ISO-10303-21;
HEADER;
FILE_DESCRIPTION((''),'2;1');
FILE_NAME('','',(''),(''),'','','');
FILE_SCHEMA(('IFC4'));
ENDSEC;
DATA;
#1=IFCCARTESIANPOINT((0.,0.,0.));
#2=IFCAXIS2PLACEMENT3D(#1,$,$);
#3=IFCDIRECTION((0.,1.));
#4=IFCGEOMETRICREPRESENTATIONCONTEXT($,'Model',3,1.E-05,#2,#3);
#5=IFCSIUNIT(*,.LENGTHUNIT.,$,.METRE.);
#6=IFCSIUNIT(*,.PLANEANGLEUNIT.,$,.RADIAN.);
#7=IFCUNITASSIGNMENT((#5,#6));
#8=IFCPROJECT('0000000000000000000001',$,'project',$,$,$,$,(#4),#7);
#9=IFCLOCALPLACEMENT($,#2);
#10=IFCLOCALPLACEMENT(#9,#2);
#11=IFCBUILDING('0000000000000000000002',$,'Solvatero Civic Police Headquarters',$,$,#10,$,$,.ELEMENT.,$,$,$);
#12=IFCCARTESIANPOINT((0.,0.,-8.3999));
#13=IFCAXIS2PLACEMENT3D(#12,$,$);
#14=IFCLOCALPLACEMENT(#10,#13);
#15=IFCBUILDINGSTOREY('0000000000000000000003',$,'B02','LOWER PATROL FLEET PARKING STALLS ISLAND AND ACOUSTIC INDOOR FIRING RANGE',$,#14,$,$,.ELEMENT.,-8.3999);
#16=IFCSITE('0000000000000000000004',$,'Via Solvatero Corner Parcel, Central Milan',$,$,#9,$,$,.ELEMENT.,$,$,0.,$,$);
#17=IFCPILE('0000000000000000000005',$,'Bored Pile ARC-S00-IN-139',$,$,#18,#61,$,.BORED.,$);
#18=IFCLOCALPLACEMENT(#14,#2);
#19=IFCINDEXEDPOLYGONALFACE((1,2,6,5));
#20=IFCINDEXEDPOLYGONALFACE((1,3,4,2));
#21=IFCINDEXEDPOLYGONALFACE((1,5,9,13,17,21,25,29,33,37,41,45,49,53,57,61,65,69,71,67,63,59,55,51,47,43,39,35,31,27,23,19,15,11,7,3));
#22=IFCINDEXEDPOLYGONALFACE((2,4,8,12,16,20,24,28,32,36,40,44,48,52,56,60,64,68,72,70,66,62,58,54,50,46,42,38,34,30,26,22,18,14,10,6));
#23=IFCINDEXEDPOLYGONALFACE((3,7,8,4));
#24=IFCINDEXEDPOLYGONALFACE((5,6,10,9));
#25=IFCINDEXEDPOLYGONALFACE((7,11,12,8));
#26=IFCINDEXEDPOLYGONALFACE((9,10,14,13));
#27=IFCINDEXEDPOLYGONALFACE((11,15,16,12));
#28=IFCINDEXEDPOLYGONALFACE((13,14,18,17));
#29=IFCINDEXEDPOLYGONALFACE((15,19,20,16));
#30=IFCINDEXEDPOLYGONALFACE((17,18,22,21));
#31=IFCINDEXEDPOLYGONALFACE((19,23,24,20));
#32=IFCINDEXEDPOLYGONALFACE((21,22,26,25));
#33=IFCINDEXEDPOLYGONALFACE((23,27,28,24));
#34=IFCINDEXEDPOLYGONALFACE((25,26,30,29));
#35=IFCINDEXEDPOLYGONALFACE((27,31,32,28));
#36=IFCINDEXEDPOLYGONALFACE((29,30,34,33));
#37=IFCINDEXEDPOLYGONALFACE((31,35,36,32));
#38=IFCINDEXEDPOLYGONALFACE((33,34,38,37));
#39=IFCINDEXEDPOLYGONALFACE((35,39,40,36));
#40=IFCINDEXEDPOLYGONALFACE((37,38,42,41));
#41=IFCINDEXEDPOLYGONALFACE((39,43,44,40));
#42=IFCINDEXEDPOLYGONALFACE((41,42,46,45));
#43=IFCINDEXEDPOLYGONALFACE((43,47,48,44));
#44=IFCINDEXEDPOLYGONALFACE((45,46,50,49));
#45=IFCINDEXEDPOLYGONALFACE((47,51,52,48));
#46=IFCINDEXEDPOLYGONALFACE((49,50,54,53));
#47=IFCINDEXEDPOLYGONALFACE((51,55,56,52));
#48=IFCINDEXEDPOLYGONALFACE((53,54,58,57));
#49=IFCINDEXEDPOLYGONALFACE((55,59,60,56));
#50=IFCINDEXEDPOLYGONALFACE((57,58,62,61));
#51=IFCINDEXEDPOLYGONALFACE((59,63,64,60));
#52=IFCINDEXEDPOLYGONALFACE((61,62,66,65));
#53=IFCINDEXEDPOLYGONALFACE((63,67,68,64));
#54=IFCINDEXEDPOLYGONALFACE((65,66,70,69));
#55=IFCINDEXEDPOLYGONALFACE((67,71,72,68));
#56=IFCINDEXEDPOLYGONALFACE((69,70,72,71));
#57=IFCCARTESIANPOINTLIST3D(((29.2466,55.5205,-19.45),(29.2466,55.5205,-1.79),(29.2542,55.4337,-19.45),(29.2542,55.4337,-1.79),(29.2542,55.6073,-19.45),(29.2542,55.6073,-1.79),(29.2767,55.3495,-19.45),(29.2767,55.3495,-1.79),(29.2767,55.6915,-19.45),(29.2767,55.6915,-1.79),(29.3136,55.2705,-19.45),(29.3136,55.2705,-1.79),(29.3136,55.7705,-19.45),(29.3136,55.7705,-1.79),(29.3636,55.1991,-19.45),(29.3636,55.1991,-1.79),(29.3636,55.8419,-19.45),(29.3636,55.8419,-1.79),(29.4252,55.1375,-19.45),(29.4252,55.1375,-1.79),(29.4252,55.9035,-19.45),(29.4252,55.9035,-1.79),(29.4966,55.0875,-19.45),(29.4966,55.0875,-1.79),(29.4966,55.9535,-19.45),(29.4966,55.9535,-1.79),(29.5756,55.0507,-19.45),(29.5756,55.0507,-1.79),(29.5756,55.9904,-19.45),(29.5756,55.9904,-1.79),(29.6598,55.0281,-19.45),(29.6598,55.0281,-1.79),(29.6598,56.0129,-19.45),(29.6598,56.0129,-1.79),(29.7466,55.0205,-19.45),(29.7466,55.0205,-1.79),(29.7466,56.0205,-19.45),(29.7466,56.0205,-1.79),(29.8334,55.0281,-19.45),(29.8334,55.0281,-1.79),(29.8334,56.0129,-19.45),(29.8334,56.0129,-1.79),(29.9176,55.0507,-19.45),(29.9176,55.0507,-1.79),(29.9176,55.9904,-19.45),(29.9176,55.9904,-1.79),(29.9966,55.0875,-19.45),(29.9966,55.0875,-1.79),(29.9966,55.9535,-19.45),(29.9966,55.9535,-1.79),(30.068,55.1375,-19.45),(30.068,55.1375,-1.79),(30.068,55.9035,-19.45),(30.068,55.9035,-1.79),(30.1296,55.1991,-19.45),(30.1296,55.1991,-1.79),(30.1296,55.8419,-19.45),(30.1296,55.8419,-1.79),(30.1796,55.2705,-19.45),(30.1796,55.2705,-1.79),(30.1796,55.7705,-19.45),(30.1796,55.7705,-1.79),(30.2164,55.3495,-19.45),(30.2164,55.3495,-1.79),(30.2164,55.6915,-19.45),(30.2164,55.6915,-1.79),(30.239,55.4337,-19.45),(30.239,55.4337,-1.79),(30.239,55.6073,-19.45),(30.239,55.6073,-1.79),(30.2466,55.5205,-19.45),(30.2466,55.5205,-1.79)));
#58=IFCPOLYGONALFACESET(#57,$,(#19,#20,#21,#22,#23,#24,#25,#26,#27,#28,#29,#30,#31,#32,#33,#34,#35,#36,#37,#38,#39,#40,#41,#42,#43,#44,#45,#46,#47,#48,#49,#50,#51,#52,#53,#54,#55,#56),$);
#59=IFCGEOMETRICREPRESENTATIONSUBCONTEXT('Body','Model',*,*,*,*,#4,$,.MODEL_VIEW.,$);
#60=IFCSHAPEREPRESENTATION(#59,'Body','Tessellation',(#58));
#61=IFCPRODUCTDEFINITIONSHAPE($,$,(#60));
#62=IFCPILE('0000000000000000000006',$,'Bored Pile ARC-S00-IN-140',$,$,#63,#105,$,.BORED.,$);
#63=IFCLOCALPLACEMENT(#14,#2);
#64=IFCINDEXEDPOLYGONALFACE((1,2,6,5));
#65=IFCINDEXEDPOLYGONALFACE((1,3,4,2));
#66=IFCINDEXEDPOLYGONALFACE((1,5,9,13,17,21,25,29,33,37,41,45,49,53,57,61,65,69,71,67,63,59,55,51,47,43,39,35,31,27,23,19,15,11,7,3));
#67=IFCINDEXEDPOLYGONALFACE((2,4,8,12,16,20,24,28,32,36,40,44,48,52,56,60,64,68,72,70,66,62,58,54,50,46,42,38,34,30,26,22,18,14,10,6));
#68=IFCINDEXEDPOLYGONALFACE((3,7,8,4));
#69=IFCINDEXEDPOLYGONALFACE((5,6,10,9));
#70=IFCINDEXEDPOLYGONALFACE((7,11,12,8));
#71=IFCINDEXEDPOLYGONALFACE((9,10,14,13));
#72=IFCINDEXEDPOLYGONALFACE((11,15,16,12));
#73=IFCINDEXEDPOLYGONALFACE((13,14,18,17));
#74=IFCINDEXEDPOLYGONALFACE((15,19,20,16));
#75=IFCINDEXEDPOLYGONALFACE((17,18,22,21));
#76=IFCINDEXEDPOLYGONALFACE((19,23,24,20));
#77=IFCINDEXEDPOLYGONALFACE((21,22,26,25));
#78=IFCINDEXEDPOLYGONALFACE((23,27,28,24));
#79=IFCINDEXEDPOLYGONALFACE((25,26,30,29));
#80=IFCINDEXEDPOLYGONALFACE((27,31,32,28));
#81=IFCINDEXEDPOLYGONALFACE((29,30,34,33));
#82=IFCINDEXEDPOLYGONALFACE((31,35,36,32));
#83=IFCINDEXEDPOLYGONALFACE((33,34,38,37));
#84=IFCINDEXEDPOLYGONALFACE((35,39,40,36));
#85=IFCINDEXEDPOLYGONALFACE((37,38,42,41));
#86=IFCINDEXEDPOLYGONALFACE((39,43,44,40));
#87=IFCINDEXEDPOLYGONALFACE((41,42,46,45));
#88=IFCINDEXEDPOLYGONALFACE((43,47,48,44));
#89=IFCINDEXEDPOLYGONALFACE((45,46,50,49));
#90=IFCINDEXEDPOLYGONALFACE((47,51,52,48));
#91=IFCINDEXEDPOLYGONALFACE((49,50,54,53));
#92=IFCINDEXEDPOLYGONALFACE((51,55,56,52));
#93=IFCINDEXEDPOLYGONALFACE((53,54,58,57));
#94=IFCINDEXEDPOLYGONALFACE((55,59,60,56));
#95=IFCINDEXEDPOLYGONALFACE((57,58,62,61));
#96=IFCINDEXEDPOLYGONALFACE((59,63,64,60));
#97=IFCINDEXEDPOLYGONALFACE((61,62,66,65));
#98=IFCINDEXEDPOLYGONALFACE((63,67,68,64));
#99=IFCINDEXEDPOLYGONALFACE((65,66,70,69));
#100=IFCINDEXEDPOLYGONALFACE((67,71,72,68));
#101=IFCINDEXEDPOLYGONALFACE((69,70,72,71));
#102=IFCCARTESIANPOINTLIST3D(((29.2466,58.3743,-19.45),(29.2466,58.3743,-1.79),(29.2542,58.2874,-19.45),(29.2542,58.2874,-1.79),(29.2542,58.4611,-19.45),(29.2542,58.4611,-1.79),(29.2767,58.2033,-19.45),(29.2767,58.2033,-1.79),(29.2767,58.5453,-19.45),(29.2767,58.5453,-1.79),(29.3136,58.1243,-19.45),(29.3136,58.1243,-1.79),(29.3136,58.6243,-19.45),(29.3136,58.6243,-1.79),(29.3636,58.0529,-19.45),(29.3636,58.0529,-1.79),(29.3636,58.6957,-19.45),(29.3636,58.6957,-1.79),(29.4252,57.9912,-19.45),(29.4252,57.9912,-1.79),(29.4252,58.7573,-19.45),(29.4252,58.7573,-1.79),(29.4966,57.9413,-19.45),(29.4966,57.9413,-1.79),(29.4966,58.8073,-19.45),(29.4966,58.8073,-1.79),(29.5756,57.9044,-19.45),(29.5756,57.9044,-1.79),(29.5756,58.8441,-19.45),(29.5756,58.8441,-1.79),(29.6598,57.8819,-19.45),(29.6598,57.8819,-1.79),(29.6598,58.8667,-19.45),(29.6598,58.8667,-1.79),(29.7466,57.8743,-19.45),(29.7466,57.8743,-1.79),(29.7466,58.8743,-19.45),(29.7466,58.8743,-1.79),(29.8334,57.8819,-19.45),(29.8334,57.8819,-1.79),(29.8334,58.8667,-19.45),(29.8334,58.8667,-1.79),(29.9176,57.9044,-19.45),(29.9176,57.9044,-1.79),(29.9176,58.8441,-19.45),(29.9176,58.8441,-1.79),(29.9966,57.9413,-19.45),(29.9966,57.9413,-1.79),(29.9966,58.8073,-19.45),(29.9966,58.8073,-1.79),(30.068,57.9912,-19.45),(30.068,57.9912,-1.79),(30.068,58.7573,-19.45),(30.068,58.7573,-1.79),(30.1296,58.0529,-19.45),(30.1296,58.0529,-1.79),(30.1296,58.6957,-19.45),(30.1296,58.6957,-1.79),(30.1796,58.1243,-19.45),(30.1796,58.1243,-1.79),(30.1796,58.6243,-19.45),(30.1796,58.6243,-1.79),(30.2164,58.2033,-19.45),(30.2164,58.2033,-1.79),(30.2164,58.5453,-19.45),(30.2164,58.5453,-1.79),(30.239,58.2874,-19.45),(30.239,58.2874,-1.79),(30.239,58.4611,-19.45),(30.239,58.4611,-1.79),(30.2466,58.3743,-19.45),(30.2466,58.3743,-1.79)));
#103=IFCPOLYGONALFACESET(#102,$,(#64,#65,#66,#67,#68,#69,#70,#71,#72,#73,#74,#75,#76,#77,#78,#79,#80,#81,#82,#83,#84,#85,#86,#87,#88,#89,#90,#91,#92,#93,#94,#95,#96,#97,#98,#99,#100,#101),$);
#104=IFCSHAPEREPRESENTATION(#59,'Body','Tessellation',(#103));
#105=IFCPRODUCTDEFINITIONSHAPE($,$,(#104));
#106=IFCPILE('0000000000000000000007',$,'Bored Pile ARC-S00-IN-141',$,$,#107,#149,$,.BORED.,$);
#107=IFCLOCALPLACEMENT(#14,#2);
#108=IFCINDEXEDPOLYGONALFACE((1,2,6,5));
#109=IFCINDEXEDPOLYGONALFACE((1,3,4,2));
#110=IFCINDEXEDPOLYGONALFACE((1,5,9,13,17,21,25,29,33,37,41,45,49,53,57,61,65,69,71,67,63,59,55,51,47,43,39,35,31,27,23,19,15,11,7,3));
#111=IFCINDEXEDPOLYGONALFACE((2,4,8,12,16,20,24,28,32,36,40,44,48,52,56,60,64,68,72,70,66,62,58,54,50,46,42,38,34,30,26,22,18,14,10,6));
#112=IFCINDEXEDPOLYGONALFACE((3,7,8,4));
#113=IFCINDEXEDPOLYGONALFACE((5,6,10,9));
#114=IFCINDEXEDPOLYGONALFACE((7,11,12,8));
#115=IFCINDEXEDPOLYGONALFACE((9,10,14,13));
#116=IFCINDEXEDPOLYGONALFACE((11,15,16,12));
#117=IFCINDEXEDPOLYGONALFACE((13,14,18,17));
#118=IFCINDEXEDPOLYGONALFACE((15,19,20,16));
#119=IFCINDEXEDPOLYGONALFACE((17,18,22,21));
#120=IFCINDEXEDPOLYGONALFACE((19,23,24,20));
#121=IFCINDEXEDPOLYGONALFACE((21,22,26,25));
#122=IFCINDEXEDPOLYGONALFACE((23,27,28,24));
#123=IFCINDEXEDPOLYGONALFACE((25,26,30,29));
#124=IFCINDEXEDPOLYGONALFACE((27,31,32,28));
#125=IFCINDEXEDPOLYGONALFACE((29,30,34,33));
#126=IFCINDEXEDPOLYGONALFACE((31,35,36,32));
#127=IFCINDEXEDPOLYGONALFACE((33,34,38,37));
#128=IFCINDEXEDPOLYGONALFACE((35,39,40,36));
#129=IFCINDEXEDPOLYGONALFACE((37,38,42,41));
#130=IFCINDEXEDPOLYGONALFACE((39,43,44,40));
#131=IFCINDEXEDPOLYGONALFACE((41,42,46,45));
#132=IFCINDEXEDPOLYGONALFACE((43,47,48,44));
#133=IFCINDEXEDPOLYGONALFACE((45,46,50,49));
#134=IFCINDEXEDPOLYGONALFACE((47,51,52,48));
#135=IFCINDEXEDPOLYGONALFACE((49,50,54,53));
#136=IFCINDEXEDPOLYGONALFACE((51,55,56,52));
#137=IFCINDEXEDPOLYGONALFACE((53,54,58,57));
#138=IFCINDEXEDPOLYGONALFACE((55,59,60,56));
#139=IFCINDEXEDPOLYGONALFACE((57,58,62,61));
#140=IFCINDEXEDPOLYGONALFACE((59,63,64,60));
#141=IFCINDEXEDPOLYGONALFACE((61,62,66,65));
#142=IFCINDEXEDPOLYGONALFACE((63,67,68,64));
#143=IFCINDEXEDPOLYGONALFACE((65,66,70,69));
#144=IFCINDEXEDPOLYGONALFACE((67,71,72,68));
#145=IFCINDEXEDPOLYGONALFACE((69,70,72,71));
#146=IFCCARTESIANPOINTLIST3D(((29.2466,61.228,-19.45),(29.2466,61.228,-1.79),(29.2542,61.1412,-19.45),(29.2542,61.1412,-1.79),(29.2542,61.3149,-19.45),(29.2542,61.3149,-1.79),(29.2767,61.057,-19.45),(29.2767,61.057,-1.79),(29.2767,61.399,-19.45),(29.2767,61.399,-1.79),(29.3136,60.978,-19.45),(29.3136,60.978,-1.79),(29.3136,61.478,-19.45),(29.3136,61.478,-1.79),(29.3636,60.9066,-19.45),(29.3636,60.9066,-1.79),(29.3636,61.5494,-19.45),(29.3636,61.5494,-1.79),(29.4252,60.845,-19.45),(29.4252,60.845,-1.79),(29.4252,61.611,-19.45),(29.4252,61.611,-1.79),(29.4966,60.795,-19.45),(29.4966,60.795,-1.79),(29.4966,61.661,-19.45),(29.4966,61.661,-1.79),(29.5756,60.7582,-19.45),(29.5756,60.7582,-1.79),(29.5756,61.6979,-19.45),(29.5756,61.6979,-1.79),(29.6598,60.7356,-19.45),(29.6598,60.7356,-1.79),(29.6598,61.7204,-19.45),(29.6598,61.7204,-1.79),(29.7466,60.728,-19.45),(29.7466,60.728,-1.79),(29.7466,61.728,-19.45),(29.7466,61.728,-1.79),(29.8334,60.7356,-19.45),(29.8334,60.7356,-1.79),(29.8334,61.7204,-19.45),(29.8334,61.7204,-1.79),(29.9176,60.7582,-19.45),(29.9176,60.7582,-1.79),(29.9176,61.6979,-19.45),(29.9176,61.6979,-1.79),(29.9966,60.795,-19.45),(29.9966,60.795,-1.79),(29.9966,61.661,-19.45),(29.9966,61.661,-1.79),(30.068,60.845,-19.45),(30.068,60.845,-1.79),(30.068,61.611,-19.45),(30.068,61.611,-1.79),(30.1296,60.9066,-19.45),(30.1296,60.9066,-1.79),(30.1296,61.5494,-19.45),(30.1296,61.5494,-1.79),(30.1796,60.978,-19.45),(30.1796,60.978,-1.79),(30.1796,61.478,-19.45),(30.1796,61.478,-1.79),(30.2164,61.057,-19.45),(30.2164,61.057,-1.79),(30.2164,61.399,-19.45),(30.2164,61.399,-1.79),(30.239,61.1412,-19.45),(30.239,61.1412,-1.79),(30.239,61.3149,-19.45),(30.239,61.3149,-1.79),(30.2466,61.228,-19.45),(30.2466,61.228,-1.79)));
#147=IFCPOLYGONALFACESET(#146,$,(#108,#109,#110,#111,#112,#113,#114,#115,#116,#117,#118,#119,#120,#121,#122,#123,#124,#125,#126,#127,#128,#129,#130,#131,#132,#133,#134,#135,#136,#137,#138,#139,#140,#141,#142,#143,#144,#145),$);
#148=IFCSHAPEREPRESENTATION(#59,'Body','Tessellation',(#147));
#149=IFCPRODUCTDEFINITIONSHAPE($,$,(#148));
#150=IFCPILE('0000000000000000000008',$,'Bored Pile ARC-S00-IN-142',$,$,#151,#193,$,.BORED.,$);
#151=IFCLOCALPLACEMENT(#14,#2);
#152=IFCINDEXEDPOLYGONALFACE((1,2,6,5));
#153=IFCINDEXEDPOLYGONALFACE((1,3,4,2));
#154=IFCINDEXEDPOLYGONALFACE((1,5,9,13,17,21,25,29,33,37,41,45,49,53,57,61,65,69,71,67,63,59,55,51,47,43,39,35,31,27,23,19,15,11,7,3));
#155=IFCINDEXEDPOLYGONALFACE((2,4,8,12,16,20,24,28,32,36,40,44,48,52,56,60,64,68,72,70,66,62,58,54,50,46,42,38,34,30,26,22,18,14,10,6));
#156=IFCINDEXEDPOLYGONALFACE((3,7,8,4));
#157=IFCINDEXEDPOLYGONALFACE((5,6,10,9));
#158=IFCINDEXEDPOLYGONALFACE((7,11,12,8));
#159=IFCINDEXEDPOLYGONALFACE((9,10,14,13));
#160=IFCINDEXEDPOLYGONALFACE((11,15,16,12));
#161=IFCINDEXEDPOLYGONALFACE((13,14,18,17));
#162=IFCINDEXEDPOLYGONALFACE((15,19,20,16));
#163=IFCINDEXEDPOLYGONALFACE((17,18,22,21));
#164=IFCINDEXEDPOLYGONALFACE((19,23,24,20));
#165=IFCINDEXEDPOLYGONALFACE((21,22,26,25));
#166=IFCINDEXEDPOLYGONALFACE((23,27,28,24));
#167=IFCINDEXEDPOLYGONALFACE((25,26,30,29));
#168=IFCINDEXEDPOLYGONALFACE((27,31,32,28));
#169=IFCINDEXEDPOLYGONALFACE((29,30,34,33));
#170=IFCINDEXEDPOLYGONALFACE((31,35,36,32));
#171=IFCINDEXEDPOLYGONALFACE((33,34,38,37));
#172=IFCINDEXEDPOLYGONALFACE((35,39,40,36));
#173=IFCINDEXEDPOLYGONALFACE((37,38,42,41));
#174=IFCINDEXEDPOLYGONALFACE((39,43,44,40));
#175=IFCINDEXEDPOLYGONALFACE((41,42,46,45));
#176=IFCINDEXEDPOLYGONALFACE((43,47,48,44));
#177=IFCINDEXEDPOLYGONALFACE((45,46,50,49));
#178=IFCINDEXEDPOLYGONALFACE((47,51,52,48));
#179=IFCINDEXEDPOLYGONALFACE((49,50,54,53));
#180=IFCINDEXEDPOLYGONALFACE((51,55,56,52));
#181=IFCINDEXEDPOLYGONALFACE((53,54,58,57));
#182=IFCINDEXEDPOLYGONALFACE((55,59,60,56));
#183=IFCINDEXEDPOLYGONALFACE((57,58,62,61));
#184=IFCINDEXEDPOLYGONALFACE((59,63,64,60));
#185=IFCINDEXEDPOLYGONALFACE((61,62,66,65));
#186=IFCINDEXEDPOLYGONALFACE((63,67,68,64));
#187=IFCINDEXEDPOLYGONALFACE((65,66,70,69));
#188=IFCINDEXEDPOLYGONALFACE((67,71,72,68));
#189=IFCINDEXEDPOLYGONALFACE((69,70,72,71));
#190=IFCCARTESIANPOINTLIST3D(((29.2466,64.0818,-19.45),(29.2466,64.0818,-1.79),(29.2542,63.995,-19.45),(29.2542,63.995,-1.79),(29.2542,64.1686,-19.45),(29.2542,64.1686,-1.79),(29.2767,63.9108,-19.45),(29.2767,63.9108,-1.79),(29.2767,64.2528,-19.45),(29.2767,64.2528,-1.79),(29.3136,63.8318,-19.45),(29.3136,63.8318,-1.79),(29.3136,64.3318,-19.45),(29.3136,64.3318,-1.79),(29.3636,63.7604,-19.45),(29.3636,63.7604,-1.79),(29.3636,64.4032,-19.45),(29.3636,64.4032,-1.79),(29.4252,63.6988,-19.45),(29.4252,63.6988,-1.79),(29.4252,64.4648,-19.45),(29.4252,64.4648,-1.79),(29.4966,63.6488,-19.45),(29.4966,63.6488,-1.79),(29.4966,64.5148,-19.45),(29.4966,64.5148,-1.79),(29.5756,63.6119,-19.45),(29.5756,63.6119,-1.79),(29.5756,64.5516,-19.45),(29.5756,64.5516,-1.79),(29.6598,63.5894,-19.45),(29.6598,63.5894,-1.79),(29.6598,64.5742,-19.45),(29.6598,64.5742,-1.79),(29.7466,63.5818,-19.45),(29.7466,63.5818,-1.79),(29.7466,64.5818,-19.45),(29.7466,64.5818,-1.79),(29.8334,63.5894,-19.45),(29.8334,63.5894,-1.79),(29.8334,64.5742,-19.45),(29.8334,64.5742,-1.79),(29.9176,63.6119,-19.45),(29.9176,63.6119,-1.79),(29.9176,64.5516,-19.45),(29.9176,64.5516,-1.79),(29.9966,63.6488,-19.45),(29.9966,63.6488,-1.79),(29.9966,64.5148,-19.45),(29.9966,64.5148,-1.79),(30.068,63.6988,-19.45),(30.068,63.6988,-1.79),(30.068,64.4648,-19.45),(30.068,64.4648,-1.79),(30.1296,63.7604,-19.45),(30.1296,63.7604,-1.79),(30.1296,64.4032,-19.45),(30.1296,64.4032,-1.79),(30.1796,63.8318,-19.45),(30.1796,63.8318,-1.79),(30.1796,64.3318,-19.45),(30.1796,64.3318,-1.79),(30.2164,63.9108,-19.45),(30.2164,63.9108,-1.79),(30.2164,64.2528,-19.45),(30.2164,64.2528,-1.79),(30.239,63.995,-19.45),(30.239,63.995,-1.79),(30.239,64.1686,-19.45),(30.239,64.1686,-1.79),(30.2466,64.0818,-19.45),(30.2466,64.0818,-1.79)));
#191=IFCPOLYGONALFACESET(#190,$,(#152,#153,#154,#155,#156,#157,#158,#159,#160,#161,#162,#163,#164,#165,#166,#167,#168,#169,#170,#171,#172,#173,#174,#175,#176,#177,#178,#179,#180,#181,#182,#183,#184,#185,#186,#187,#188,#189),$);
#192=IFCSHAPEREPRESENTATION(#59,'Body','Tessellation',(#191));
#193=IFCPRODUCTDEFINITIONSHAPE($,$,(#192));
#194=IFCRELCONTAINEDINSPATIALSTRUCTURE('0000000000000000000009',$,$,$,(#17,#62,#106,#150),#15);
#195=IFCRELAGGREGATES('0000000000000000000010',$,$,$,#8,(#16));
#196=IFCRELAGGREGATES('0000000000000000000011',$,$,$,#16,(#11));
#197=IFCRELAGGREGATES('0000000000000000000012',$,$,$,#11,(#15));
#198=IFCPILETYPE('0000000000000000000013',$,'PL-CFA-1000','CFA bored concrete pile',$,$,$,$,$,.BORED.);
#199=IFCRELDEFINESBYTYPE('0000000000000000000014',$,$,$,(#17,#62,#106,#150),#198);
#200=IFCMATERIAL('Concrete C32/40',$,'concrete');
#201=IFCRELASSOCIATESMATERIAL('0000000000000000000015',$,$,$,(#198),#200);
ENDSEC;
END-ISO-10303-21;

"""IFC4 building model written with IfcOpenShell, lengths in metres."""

from ifc_helpers import new_model, si_unit, direction, frame, origin, origin_2d, place, context, subcontext, project, spatial, circle, extrude, material, material_profile, profile_set, type_object, element, save


model = new_model("IFC4")

# Units and contexts
model_context = context("Model", 3, precision=1e-05, world=origin(), true_north=direction((0.0, 1.0)))
body_context = subcontext(model_context, "Body", "Model", "MODEL_VIEW")
ifc_project = project(units=[si_unit("LENGTHUNIT", "METRE"), si_unit("PLANEANGLEUNIT", "RADIAN")], contexts=[model_context])

# Site, building, storey
site_placement = place(None, origin())
site = spatial("IfcSite", under=ifc_project, at=site_placement, Name="Via Solvatero Corner Parcel, Central Milan", CompositionType="ELEMENT", RefElevation=0.0)
building_placement = place(site_placement, origin())
building = spatial("IfcBuilding", under=site, at=building_placement, Name="Solvatero Civic Police Headquarters", CompositionType="ELEMENT")
storey_placement = place(building_placement, frame((0.0, 0.0, -8.3999)))
storey = spatial("IfcBuildingStorey", under=building, at=storey_placement, Name="B02", Description="LOWER PATROL FLEET PARKING STALLS ISLAND AND ACOUSTIC INDOOR FIRING RANGE", CompositionType="ELEMENT", Elevation=-8.3999)

# Piles
ifc_material_1 = material(Name="Concrete C32/40", Category="concrete")
ifc_material_profile_1 = material_profile(ifc_material_1, circle(Radius=0.5, at=origin_2d()), Name="CFA PILE D1000")
ifc_profile_set_1 = profile_set([ifc_material_profile_1], Name="Concrete C32/40")
pile_type = type_object("IfcPileType", Name="PL-CFA-1000", Description="CFA bored concrete pile", PredefinedType="BORED", material=ifc_profile_set_1)
for number, where, z_axis, x_axis, name in (
    (1, (29.7466, 55.5205, -1.79), (0.0, 0.0, -1.0), (1.0, 0.0, 0.0), "Bored Pile ARC-S00-IN-139"),
    (2, (29.7466, 58.3743, -1.79), (0.0, 0.0, -1.0), (1.0, 0.0, 0.0), "Bored Pile ARC-S00-IN-140"),
    (3, (29.7466, 61.228, -1.79), (0.0, 0.0, -1.0), (1.0, 0.0, 0.0), "Bored Pile ARC-S00-IN-141"),
    (4, (29.7466, 64.0818, -1.79), (0.0, 0.0, -1.0), (1.0, 0.0, 0.0), "Bored Pile ARC-S00-IN-142"),
):
    element("IfcPile", number, at=place(storey_placement, frame(where, z_axis=z_axis, x_axis=x_axis)), inside=storey, type_object=pile_type, Name=name, PredefinedType="BORED", context=body_context, shape_type="SweptSolid", body=[
        extrude(circle(Radius=0.5, at=origin_2d()), origin(), (0.0, 0.0, 1.0), 17.6599),
    ])

save(model, "model.ifc")
